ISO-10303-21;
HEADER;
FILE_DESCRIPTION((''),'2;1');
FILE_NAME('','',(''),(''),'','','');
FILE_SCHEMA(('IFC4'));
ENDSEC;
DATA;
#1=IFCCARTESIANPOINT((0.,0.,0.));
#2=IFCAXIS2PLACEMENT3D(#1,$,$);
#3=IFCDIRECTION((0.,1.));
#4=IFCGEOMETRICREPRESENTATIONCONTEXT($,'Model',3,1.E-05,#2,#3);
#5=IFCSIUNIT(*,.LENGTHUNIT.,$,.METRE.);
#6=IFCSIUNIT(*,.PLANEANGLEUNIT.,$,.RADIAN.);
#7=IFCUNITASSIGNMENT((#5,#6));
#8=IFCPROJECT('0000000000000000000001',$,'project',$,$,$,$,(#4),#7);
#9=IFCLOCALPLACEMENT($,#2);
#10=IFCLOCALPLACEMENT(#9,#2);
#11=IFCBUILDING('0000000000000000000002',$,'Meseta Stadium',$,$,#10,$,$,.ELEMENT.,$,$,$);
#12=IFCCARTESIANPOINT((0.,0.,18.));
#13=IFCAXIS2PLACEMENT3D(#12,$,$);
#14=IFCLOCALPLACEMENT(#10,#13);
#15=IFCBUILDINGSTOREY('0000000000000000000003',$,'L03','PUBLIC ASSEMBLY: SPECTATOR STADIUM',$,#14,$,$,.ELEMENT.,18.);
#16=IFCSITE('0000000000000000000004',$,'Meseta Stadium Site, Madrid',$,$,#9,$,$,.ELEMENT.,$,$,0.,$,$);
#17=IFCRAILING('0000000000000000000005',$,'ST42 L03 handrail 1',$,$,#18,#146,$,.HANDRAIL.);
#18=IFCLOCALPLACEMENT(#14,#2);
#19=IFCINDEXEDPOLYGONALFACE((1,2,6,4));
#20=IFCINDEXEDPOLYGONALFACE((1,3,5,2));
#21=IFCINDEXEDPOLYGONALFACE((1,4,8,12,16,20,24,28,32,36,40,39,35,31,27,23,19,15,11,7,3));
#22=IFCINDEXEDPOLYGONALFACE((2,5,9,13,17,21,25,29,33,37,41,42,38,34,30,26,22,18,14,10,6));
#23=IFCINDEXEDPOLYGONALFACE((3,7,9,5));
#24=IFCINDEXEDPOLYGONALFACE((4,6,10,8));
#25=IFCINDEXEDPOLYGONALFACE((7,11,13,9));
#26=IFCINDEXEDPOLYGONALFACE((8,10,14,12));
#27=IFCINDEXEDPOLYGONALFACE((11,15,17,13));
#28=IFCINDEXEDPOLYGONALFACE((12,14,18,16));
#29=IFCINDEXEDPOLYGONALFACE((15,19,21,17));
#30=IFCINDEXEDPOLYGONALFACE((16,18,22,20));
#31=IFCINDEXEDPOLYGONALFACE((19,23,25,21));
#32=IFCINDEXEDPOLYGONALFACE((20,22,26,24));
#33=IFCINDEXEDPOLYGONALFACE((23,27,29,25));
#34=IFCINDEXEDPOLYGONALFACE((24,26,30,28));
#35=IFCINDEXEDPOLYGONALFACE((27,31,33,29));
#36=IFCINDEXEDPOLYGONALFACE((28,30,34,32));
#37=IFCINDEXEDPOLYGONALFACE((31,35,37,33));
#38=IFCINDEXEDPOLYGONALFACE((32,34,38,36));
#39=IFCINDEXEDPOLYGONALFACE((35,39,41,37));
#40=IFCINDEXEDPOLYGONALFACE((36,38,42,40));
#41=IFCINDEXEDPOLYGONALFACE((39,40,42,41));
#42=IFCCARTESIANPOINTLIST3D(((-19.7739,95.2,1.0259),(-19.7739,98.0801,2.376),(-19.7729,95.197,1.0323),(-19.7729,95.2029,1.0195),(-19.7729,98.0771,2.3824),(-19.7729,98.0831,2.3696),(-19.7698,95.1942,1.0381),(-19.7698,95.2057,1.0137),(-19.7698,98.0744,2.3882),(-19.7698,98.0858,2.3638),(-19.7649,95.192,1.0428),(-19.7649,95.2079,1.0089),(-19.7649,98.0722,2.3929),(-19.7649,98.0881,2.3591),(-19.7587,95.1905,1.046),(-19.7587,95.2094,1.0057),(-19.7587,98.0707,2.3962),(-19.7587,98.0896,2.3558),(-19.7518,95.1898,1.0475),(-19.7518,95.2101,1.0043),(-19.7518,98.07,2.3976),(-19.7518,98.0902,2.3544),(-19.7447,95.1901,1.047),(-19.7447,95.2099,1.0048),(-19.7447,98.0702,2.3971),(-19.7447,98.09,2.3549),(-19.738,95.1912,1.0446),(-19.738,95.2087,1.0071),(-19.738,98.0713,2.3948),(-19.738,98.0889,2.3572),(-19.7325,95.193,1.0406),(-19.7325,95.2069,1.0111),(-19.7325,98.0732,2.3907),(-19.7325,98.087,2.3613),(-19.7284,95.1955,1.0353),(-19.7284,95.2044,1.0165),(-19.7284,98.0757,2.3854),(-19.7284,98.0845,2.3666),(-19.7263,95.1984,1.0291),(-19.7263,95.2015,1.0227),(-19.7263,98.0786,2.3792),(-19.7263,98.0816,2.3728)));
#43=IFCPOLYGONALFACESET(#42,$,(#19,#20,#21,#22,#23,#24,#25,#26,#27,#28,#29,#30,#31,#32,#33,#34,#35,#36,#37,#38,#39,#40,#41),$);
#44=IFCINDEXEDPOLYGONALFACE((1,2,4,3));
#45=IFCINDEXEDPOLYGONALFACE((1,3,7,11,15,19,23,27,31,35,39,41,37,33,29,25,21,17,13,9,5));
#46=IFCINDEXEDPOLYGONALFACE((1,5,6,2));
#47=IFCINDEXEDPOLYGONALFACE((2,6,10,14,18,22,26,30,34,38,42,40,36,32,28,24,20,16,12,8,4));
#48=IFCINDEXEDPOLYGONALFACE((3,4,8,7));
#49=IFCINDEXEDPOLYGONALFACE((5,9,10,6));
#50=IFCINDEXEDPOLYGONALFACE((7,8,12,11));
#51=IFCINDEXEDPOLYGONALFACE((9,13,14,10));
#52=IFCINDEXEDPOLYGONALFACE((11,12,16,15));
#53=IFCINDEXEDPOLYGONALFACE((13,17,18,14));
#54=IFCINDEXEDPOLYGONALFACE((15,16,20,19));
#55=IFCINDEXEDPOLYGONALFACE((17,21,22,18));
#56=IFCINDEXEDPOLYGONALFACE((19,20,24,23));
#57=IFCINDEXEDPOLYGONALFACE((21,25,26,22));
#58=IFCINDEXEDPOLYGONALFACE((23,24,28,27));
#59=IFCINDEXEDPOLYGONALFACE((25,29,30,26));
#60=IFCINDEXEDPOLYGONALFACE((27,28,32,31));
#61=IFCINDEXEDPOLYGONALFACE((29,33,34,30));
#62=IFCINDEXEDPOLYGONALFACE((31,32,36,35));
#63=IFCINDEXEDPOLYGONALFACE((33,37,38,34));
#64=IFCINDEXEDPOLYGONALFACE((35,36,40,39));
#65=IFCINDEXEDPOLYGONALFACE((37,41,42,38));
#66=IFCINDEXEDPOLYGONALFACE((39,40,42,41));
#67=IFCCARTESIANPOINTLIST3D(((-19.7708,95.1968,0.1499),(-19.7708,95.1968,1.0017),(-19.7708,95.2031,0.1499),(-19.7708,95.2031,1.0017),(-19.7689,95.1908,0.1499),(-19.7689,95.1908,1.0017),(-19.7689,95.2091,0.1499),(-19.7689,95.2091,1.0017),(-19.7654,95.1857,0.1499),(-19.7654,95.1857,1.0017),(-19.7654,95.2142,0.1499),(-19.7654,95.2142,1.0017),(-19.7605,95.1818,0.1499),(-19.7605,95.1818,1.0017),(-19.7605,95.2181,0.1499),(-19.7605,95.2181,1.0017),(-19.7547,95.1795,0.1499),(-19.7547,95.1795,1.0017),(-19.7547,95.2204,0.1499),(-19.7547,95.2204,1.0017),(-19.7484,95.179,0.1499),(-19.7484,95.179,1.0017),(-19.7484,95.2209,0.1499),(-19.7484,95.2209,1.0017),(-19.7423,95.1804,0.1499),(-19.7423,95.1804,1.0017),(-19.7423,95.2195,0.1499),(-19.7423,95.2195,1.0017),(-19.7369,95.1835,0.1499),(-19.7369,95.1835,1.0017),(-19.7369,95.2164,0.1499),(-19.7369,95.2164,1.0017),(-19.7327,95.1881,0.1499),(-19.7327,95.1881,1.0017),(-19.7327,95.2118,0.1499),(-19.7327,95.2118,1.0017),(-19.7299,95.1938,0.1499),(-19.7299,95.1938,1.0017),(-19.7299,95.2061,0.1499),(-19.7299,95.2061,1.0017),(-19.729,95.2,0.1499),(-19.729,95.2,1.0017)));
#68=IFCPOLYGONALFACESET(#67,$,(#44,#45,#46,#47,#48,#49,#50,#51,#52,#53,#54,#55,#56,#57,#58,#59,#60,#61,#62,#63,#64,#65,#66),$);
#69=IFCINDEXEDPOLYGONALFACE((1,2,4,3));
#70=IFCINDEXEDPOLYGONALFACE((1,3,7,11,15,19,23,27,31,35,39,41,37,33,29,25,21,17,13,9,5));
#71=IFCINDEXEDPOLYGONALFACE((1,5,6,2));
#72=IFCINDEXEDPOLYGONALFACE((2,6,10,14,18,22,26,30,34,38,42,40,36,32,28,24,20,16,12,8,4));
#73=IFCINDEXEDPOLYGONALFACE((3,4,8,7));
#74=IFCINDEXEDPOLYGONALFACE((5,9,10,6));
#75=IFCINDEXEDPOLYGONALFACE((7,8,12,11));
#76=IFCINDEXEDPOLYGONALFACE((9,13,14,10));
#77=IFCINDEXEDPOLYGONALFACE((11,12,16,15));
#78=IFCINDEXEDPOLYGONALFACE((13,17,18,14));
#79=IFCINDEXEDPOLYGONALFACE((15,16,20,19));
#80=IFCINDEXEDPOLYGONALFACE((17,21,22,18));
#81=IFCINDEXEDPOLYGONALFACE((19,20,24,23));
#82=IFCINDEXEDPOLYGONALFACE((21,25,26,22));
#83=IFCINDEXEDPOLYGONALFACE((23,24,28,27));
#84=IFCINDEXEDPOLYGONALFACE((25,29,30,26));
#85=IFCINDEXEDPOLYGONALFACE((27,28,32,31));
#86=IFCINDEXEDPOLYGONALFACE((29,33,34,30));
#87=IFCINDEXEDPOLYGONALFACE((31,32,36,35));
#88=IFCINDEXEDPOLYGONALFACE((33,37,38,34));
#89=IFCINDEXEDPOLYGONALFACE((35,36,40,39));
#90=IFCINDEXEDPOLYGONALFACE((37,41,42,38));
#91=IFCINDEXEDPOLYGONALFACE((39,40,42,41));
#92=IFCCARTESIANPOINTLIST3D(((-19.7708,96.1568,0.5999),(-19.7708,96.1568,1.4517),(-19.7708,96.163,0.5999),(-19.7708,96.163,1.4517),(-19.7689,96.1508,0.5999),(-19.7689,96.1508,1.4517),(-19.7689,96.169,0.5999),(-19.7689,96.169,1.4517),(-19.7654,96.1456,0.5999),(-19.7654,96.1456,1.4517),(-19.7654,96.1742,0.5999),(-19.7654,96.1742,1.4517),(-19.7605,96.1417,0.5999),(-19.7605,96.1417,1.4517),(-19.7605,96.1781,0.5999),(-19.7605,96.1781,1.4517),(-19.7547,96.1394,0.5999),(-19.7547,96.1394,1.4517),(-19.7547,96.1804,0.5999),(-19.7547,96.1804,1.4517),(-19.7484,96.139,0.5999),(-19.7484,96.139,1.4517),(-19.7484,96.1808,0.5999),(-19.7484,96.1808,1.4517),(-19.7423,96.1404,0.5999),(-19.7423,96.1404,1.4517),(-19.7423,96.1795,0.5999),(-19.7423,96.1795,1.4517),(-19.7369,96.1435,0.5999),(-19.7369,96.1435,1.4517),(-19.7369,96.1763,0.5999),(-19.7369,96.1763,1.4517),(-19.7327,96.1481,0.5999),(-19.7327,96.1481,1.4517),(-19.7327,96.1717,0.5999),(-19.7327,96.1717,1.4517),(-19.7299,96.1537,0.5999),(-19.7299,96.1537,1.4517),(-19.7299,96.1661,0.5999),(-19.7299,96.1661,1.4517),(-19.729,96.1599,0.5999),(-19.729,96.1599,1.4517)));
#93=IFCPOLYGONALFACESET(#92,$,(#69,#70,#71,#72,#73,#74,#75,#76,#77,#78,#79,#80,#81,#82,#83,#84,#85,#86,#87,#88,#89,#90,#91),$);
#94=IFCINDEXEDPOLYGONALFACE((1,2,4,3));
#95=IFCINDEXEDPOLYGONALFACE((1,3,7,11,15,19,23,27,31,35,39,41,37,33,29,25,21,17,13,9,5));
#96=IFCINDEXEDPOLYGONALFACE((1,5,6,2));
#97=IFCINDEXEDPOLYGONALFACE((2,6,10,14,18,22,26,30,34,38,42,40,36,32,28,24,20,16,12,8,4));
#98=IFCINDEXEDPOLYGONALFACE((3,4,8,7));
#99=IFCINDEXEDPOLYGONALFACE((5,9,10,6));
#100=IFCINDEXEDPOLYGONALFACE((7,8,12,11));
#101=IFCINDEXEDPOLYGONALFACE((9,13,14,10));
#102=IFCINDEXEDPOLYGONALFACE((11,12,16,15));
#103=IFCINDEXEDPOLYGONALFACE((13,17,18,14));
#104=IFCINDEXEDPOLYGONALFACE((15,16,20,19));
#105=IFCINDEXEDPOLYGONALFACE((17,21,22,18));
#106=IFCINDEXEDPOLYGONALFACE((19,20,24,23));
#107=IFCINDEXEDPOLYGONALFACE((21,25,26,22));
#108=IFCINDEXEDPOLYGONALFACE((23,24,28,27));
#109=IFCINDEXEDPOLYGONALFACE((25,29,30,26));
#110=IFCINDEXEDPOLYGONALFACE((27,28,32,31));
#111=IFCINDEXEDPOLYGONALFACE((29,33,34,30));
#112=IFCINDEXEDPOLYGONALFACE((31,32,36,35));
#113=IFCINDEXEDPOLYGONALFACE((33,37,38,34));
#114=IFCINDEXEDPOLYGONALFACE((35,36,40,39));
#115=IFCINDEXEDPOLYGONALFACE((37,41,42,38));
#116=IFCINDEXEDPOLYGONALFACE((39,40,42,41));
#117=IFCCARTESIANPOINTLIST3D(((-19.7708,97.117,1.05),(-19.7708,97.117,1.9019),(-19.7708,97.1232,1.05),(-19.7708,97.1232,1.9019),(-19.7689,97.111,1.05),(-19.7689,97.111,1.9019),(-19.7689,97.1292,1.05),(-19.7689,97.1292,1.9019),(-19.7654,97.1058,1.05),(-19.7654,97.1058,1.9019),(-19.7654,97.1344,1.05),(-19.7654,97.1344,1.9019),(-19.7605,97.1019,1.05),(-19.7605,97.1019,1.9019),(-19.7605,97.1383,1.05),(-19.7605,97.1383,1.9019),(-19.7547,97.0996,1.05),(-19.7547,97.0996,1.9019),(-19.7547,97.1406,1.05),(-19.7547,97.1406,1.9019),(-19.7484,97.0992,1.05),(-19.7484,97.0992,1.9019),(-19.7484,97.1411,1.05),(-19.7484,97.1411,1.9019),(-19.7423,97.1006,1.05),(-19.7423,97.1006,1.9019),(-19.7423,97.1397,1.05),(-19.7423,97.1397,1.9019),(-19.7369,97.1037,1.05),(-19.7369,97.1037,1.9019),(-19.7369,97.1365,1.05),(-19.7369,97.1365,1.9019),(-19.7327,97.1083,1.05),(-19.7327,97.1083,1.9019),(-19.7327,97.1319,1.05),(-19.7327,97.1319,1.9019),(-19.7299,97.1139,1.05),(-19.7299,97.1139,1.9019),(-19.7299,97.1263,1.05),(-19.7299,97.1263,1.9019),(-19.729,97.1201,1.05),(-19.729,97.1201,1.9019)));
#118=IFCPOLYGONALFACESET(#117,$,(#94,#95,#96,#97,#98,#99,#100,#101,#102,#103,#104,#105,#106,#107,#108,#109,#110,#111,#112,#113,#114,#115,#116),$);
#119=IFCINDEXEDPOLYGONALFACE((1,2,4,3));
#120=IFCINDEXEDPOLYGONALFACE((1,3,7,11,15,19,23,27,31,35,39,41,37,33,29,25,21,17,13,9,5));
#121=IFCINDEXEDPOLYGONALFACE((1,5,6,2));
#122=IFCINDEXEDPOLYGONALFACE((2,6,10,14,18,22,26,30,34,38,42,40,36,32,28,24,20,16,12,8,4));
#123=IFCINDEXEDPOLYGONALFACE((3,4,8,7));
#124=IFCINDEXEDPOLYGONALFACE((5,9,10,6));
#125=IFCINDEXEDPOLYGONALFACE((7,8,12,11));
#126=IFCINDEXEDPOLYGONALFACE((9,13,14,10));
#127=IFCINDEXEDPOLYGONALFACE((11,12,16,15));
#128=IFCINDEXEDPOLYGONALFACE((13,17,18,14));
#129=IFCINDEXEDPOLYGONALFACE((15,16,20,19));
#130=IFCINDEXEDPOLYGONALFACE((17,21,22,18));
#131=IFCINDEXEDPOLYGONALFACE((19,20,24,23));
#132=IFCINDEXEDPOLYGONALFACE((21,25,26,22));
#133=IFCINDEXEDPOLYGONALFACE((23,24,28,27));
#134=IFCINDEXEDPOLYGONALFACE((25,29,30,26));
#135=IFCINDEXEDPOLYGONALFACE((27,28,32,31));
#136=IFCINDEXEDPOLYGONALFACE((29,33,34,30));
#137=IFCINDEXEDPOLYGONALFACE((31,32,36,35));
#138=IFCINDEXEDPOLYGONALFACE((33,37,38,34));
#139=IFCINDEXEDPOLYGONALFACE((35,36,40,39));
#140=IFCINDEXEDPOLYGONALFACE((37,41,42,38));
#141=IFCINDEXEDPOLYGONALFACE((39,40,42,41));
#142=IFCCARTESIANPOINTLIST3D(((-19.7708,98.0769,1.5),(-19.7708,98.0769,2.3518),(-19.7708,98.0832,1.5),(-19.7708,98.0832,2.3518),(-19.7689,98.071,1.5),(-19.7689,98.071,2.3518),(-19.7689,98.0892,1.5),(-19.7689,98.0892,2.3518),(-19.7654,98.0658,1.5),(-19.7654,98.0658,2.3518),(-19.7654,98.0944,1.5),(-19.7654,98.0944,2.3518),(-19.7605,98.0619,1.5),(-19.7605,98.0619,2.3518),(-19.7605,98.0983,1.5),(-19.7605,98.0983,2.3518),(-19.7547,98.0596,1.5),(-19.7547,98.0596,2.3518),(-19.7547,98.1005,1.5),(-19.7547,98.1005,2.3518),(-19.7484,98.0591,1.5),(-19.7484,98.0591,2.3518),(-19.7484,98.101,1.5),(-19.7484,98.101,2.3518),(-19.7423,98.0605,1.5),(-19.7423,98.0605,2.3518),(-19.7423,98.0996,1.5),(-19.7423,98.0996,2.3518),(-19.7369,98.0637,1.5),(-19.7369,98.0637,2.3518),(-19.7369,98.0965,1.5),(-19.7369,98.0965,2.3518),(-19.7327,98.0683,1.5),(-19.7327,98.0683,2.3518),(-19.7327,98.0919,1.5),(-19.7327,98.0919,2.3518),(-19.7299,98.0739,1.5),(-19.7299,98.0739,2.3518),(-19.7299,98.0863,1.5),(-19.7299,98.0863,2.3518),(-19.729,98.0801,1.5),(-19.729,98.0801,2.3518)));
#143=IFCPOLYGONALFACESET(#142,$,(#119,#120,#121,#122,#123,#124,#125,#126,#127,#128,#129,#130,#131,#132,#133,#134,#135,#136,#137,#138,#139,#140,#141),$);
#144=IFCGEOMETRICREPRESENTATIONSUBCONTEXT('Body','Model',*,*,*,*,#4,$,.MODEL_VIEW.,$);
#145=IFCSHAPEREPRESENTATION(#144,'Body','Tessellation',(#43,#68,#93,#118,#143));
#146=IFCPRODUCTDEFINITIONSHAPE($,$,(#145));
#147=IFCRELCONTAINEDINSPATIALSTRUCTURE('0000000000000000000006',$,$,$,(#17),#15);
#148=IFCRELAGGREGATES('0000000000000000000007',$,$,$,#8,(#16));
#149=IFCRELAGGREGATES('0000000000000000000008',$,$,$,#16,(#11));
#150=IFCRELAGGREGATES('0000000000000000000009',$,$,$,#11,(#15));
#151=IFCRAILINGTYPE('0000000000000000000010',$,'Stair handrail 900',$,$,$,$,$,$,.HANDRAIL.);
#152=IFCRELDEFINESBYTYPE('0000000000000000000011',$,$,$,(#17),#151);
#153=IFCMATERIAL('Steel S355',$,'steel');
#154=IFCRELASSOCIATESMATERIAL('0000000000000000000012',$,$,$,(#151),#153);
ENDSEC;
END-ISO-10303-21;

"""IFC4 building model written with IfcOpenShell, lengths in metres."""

from ifc_helpers import new_model, si_unit, direction, frame, origin, origin_2d, place, context, subcontext, project, spatial, circle, extrude, material, type_object, element, save


model = new_model("IFC4")

# Units and contexts
model_context = context("Model", 3, precision=1e-05, world=origin(), true_north=direction((0.0, 1.0)))
body_context = subcontext(model_context, "Body", "Model", "MODEL_VIEW")
ifc_project = project(units=[si_unit("LENGTHUNIT", "METRE"), si_unit("PLANEANGLEUNIT", "RADIAN")], contexts=[model_context])

# Site, building, storey
site_placement = place(None, origin())
site = spatial("IfcSite", under=ifc_project, at=site_placement, Name="Meseta Stadium Site, Madrid", CompositionType="ELEMENT", RefElevation=0.0)
building_placement = place(site_placement, origin())
building = spatial("IfcBuilding", under=site, at=building_placement, Name="Meseta Stadium", CompositionType="ELEMENT")
storey_placement = place(building_placement, frame((0.0, 0.0, 18.0)))
storey = spatial("IfcBuildingStorey", under=building, at=storey_placement, Name="L03", Description="PUBLIC ASSEMBLY: SPECTATOR STADIUM", CompositionType="ELEMENT", Elevation=18.0)

# Railing
ifc_material_1 = material(Name="Steel S355", Category="steel")
railing_type_1 = type_object("IfcRailingType", Name="Stair handrail 900", PredefinedType="HANDRAIL", material=ifc_material_1)
for number, where, name in (
    (1, (-19.75, 95.2, 0.1499), "ST42 L03 handrail 1"),
):
    element("IfcRailing", number, at=place(storey_placement, frame(where)), inside=storey, type_object=railing_type_1, Name=name, PredefinedType="HANDRAIL", context=body_context, shape_type="SweptSolid", body=[
        extrude(circle(Radius=0.0239, at=origin_2d()), frame((0.0, 0.0, 0.876), z_axis=(0.0, 0.905454, 0.424444), x_axis=(-1.0, 0.0, 0.0)), (0.0, 0.0, 1.0), 3.1809),
        extrude(circle(Radius=0.021, at=origin_2d()), origin(), (0.0, 0.0, 1.0), 0.8518),
        extrude(circle(Radius=0.021, at=origin_2d()), frame((0.0, 0.96, 0.45)), (0.0, 0.0, 1.0), 0.8518),
        extrude(circle(Radius=0.021, at=origin_2d()), frame((0.0, 1.9202, 0.9001)), (0.0, 0.0, 1.0), 0.8518),
        extrude(circle(Radius=0.021, at=origin_2d()), frame((0.0, 2.8801, 1.3501)), (0.0, 0.0, 1.0), 0.8518),
    ])

save(model, "model.ifc")
